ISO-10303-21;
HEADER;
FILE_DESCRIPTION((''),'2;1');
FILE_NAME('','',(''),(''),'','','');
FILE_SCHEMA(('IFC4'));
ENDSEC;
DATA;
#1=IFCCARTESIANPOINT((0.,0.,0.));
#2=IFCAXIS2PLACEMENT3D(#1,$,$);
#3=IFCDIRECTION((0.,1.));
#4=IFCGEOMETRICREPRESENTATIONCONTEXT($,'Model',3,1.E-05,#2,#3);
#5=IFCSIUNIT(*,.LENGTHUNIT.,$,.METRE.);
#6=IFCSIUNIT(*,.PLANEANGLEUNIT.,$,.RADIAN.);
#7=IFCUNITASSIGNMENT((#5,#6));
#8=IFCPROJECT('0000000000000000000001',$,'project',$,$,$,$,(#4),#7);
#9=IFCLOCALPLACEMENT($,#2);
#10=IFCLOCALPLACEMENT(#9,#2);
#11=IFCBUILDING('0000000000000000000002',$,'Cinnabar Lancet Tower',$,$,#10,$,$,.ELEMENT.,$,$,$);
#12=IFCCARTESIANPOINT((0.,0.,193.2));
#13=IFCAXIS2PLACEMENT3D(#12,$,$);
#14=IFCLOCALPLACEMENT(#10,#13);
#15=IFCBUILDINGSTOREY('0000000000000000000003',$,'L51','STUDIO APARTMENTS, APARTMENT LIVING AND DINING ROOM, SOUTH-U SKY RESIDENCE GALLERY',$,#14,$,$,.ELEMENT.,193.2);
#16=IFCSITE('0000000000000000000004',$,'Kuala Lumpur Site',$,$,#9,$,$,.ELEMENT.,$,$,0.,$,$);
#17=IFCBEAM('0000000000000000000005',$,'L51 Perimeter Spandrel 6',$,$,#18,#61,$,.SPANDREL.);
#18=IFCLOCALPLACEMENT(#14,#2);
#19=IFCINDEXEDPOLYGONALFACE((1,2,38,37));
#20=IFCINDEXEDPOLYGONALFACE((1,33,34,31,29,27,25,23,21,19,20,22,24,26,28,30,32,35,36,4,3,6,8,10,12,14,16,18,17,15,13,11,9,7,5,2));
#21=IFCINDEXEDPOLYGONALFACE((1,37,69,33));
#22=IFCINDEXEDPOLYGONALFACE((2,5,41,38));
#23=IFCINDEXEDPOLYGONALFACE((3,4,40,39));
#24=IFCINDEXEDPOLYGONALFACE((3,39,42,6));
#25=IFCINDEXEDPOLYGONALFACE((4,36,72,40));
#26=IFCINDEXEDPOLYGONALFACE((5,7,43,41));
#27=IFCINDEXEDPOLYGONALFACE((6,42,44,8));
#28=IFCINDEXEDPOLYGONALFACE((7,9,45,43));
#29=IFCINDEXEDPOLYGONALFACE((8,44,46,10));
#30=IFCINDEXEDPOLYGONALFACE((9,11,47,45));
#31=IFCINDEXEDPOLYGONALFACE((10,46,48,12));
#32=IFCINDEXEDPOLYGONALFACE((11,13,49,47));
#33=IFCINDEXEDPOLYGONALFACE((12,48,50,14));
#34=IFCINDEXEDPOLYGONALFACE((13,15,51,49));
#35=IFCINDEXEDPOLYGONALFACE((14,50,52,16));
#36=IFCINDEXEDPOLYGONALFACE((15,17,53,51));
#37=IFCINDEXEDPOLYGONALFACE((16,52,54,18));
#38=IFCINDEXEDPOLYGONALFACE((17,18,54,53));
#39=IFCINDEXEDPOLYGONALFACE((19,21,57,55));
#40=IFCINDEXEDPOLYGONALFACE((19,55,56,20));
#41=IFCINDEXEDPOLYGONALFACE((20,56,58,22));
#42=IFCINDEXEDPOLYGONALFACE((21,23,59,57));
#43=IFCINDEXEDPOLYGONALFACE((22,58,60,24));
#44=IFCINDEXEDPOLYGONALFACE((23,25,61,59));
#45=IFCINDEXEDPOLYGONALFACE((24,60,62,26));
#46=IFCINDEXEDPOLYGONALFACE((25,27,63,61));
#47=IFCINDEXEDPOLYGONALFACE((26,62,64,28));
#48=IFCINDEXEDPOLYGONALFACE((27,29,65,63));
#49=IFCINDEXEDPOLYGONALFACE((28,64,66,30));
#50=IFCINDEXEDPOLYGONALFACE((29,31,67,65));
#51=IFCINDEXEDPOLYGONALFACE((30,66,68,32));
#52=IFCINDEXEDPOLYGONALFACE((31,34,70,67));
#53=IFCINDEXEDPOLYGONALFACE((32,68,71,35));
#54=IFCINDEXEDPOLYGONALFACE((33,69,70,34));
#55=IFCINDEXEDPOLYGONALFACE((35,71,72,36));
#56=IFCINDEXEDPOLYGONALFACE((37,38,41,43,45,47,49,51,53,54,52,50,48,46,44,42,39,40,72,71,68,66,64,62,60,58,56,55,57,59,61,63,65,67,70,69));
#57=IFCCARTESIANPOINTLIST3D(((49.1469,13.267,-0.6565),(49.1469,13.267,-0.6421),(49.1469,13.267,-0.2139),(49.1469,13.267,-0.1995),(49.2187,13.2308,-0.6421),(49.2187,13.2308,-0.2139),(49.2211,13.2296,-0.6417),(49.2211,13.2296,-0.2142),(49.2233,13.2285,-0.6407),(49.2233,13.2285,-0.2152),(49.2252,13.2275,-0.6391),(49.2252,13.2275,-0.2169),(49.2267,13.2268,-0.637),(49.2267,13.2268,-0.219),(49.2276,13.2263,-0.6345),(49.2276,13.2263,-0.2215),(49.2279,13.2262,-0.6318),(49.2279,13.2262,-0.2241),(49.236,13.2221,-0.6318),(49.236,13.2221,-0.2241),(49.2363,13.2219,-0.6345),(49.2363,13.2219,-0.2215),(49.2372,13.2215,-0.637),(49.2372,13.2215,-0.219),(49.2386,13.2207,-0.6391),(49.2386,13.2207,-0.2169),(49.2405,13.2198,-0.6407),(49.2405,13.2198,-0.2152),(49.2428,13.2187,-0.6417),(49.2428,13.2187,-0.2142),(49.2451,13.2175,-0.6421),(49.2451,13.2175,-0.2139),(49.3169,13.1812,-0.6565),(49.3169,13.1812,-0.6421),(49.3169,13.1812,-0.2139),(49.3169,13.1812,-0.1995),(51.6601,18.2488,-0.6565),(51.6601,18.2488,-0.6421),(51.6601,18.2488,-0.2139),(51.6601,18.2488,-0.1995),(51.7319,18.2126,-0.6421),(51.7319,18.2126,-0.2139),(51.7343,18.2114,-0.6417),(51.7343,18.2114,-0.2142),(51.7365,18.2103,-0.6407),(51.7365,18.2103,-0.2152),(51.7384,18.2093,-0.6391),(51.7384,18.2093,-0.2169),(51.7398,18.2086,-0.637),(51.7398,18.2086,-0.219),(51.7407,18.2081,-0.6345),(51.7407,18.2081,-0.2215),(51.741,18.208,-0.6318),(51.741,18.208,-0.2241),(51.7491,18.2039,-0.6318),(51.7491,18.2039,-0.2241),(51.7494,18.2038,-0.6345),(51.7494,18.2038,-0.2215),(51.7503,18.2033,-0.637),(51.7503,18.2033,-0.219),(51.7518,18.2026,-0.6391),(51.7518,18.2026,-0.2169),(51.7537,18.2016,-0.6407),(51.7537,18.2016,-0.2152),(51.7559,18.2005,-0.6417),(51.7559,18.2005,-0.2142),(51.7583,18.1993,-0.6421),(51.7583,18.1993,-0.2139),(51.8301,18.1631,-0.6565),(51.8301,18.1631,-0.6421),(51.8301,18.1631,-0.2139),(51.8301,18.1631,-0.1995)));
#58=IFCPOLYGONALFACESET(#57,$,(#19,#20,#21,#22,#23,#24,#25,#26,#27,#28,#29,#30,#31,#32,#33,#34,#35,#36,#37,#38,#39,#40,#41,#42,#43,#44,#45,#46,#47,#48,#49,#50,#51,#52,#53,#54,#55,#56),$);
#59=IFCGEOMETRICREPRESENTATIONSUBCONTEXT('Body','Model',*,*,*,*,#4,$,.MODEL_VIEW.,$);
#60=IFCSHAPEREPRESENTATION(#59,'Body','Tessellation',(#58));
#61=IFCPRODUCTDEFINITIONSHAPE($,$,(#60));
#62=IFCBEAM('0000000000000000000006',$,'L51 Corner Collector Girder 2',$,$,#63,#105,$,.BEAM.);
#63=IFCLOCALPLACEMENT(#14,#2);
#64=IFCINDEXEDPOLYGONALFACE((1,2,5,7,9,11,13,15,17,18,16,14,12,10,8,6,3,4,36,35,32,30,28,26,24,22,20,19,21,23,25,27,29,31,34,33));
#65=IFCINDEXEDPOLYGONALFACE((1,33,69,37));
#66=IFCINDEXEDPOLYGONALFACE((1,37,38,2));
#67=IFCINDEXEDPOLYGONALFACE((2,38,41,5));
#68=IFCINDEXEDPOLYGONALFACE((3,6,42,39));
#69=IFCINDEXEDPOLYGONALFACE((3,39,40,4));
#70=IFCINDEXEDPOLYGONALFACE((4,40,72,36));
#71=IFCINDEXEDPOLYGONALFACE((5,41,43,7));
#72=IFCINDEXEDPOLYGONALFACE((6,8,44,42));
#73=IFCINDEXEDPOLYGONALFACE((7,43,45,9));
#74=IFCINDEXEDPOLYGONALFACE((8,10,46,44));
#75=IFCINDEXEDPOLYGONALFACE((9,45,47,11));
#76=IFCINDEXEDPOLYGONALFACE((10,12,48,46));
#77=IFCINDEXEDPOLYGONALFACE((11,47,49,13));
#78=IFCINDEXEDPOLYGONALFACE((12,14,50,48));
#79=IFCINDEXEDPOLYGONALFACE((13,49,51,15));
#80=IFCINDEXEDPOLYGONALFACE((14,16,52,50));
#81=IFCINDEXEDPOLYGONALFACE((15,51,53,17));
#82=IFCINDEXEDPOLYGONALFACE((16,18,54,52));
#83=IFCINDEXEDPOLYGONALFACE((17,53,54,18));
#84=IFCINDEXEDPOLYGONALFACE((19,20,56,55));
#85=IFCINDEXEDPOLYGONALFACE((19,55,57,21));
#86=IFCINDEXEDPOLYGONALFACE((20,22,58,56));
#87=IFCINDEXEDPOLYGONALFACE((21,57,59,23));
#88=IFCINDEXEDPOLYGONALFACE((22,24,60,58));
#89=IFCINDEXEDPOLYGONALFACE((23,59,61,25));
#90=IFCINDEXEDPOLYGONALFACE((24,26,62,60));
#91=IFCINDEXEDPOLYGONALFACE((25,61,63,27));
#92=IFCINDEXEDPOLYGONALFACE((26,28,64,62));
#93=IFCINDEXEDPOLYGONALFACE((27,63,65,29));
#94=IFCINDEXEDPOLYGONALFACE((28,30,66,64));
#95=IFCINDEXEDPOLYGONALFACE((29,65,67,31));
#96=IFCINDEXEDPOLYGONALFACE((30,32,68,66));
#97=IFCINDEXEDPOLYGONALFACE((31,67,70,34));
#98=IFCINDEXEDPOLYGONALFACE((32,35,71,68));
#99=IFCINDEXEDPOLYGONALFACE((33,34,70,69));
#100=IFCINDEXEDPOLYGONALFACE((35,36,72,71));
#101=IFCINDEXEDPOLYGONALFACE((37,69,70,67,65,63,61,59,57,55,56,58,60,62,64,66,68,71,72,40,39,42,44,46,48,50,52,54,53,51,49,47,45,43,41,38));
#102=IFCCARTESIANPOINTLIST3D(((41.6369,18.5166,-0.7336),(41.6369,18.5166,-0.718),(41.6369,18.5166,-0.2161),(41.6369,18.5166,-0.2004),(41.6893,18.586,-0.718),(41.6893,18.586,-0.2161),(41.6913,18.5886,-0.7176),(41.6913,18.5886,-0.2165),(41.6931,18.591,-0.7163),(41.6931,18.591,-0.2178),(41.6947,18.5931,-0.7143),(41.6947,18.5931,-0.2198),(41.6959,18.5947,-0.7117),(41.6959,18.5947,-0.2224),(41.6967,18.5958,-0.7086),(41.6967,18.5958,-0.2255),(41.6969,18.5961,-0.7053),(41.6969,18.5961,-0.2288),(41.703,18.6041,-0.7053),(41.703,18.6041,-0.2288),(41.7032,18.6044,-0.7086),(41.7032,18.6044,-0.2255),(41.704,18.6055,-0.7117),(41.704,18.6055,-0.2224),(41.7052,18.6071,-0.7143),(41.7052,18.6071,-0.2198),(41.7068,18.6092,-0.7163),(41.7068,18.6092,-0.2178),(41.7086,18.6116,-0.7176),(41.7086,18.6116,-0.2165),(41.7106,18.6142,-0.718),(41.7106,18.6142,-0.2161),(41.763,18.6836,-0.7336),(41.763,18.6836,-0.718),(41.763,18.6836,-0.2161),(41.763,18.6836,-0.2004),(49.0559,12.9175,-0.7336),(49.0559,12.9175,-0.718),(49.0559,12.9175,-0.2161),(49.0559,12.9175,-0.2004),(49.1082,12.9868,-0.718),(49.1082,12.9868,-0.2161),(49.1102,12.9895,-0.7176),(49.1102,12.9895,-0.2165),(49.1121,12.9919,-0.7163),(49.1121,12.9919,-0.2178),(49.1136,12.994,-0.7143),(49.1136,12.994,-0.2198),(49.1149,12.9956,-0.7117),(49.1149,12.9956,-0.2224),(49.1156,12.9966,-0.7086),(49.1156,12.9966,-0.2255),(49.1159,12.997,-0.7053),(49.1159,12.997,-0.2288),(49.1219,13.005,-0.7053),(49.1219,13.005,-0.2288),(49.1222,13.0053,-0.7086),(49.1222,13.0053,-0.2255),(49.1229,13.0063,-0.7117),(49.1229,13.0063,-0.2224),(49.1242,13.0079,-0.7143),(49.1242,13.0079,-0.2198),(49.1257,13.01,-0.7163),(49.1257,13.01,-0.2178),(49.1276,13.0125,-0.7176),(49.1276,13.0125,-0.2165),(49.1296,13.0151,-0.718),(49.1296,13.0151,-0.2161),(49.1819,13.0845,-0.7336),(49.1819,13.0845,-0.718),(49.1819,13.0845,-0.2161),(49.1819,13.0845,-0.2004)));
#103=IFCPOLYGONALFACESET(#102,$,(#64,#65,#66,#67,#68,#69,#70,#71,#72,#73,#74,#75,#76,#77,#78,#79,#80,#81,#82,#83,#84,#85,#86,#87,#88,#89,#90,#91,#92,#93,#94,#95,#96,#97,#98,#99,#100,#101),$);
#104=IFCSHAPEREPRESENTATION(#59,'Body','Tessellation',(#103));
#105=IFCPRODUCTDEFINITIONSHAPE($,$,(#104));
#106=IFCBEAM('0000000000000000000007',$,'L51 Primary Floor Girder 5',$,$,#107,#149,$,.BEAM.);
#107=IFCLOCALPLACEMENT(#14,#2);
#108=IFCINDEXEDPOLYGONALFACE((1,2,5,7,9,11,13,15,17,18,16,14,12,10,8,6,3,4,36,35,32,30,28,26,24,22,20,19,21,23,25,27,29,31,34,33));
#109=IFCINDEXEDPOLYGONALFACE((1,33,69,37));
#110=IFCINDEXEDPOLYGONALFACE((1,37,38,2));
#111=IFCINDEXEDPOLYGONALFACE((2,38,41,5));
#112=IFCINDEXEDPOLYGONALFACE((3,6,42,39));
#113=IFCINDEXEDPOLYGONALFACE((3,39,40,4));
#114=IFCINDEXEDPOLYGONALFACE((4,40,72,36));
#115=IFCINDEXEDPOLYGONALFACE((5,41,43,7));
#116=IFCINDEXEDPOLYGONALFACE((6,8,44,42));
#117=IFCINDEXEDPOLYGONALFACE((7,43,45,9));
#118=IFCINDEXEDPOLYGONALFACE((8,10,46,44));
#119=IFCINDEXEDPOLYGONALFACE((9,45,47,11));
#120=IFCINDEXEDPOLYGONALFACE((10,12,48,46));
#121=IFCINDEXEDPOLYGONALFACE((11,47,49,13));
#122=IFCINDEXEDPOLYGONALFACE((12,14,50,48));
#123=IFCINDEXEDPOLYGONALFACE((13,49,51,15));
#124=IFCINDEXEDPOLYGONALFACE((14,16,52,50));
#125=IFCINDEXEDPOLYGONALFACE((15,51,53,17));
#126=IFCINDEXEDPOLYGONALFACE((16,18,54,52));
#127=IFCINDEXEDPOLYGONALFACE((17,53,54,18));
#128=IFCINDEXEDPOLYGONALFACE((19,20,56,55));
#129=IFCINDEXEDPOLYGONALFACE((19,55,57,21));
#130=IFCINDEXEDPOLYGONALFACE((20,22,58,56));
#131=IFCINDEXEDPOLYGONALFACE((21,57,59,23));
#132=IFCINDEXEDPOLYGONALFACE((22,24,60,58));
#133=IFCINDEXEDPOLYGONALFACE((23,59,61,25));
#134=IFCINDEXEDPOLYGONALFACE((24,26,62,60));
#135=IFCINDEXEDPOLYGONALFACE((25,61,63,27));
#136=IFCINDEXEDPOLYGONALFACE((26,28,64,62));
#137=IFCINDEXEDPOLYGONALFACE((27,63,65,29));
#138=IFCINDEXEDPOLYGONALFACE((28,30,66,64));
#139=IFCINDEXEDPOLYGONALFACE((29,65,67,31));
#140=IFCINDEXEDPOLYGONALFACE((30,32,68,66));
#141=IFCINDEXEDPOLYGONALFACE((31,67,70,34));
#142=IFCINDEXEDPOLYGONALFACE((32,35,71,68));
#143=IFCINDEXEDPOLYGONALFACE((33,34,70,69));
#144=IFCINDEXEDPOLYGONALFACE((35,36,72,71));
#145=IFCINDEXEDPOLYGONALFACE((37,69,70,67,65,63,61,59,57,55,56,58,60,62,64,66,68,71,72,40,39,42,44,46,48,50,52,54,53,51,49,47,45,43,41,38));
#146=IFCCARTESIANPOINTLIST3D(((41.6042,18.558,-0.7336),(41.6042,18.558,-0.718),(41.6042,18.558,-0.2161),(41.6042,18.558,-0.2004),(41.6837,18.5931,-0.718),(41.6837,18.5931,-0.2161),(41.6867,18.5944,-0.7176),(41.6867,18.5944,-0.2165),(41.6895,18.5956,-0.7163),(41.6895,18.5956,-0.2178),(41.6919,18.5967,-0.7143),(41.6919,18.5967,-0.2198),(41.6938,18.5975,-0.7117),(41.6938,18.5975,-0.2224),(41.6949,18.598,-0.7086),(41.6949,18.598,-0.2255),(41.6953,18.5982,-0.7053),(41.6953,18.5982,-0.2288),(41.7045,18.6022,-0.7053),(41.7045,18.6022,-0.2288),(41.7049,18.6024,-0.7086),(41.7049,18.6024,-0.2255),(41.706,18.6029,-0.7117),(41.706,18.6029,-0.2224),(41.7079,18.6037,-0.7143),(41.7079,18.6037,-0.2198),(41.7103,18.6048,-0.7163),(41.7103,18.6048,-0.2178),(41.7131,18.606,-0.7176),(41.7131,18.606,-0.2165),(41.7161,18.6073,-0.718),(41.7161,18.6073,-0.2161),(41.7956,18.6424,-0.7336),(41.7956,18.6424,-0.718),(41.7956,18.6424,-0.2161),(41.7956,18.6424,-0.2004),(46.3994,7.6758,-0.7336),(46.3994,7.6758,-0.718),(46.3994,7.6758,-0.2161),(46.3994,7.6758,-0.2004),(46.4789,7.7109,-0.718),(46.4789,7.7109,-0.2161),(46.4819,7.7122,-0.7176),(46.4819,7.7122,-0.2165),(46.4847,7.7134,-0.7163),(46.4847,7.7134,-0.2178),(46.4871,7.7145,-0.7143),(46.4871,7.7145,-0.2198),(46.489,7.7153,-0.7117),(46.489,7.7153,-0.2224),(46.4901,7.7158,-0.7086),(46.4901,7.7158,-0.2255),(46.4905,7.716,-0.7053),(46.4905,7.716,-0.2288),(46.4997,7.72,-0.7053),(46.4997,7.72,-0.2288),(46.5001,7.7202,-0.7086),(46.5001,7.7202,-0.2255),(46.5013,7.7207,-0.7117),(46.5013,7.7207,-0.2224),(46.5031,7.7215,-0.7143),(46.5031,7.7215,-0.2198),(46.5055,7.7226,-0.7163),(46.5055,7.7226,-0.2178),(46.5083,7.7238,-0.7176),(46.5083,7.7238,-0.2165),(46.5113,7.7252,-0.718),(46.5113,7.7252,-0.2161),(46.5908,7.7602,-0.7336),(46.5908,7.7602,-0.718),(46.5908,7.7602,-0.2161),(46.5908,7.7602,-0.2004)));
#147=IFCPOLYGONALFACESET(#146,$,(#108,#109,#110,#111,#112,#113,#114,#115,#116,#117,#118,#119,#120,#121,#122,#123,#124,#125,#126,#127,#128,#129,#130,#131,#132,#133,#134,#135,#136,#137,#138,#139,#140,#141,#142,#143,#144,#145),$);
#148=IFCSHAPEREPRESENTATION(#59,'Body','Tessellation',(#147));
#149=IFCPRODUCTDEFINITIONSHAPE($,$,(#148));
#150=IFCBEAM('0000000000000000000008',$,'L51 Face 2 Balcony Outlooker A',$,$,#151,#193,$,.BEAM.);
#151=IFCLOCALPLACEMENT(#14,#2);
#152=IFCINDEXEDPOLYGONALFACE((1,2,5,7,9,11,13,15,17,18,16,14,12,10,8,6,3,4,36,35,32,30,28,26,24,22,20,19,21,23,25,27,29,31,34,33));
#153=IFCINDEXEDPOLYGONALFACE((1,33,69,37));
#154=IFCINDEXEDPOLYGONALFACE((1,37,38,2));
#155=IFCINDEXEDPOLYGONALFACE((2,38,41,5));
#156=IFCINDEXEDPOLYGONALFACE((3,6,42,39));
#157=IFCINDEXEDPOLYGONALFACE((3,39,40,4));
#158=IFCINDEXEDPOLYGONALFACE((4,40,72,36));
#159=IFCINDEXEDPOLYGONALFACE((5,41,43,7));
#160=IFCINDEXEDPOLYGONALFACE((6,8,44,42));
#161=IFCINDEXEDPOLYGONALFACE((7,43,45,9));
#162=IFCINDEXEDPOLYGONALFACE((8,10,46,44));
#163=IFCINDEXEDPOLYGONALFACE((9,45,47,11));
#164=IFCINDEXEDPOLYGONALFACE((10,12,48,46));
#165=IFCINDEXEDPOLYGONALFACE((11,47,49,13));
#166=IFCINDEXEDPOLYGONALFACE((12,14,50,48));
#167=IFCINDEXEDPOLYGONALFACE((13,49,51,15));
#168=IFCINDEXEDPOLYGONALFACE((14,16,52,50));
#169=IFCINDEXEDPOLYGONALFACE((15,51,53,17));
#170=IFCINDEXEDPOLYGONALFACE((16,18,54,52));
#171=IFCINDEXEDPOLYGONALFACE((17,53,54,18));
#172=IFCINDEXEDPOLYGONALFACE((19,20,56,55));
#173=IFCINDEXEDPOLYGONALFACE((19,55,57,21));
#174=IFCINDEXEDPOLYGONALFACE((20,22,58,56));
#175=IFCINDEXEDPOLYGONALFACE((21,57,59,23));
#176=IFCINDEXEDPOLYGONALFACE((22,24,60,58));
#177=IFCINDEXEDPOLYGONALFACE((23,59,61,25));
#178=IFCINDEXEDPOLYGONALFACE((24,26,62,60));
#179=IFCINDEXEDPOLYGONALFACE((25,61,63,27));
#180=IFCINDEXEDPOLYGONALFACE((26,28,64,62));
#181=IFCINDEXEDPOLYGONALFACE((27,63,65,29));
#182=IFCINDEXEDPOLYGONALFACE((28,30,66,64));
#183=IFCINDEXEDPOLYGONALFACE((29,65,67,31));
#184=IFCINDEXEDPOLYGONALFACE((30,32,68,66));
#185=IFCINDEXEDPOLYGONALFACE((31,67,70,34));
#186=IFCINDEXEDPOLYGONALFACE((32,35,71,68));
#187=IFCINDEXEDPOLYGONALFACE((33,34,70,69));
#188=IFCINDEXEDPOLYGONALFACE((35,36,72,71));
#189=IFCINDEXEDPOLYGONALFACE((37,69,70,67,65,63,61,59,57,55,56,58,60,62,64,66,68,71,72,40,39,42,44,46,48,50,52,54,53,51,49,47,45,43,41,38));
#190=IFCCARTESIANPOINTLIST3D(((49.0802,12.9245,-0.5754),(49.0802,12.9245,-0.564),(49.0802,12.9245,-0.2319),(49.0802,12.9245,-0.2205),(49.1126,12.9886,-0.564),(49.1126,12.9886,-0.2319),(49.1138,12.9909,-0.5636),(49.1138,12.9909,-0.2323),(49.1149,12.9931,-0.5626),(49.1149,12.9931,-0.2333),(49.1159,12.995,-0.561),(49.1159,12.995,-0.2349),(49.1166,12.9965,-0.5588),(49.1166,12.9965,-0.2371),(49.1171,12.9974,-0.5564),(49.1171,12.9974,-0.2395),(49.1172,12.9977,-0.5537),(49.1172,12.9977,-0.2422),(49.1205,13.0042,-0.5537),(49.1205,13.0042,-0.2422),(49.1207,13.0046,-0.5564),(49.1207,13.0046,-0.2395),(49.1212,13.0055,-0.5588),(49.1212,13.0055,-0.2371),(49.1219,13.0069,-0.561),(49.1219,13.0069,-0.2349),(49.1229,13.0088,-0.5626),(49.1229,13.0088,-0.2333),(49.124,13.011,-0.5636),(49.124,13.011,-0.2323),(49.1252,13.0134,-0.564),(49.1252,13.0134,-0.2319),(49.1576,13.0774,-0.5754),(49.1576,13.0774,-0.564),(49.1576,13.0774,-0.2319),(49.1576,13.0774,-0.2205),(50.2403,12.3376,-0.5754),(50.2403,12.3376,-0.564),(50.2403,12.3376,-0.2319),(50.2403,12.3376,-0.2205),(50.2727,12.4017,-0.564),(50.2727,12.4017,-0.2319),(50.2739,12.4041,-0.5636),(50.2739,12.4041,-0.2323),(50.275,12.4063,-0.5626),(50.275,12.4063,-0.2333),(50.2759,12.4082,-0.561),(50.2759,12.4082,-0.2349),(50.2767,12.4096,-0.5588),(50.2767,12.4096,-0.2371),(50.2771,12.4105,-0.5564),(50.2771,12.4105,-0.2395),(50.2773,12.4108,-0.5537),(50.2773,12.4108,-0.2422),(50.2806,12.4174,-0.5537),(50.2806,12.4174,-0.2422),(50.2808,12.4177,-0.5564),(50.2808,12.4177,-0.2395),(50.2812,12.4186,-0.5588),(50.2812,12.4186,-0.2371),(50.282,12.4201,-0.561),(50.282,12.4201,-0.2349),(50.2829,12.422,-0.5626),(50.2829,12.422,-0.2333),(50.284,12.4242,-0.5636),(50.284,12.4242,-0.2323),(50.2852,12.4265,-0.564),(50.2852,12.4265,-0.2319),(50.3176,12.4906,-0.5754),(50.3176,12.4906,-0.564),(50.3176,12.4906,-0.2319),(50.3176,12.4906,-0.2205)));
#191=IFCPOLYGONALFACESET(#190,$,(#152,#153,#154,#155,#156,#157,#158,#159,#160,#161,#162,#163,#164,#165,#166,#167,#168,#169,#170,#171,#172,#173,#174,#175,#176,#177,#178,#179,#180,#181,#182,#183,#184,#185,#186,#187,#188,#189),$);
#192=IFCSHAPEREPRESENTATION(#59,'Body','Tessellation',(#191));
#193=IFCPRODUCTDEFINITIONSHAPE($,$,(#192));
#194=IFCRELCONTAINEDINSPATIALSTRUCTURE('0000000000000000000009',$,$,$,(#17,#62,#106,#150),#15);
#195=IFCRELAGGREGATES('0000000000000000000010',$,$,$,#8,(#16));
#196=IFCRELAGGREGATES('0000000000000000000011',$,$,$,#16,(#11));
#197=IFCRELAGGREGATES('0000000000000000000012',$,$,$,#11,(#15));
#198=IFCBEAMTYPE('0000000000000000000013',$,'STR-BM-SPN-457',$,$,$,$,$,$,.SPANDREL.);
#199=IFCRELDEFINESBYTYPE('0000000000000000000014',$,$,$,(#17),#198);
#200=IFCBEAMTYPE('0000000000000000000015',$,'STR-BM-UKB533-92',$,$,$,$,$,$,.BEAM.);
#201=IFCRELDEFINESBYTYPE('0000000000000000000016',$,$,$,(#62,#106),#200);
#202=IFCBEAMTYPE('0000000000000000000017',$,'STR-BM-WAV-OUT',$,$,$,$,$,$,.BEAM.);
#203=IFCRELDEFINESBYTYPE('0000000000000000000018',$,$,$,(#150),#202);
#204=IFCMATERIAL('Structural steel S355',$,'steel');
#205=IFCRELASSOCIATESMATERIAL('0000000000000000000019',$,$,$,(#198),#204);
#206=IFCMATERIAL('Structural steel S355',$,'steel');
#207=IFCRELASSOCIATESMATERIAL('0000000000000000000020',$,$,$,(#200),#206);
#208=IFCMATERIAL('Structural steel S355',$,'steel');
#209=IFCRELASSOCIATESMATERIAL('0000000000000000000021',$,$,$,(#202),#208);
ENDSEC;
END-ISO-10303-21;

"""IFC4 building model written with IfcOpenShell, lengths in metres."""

from ifc_helpers import new_model, si_unit, direction, frame, origin, origin_2d, place, context, subcontext, project, spatial, i_section, extrude, material, material_profile, profile_set, type_object, element, save


model = new_model("IFC4")

# Units and contexts
model_context = context("Model", 3, precision=1e-05, world=origin(), true_north=direction((0.0, 1.0)))
body_context = subcontext(model_context, "Body", "Model", "MODEL_VIEW")
ifc_project = project(units=[si_unit("LENGTHUNIT", "METRE"), si_unit("PLANEANGLEUNIT", "RADIAN")], contexts=[model_context])

# Site, building, storey
site_placement = place(None, origin())
site = spatial("IfcSite", under=ifc_project, at=site_placement, Name="Kuala Lumpur Site", CompositionType="ELEMENT", RefElevation=0.0)
building_placement = place(site_placement, origin())
building = spatial("IfcBuilding", under=site, at=building_placement, Name="Cinnabar Lancet Tower", CompositionType="ELEMENT")
storey_placement = place(building_placement, frame((0.0, 0.0, 193.2)))
storey = spatial("IfcBuildingStorey", under=building, at=storey_placement, Name="L51", Description="STUDIO APARTMENTS, APARTMENT LIVING AND DINING ROOM, SOUTH-U SKY RESIDENCE GALLERY", CompositionType="ELEMENT", Elevation=193.2)

# Beams
ifc_material_1 = material(Name="Structural steel S355", Category="steel")
ifc_material_profile_1 = material_profile(ifc_material_1, i_section(OverallWidth=0.1904, OverallDepth=0.457, WebThickness=0.009, FlangeThickness=0.0144, FilletRadius=0.0103, at=origin_2d()), Name="UKB 457x191x74")
ifc_profile_set_1 = profile_set([ifc_material_profile_1], Name="Structural steel S355")
beam_type_1 = type_object("IfcBeamType", Name="STR-BM-SPN-457", PredefinedType="SPANDREL", material=ifc_profile_set_1)
beam_1_placement = place(storey_placement, frame((49.2319, 13.2241, -0.428), z_axis=(0.450396, 0.892829, 0.0), x_axis=(-0.892829, 0.450396, 0.0)))
element("IfcBeam", 1, at=beam_1_placement, inside=storey, type_object=beam_type_1, Name="L51 Perimeter Spandrel 6", PredefinedType="SPANDREL", context=body_context, shape_type="SweptSolid", body=[
    extrude(i_section(OverallWidth=0.1904, OverallDepth=0.457, WebThickness=0.009, FlangeThickness=0.0144, FilletRadius=0.0103, at=origin_2d()), origin(), (0.0, 0.0, 1.0), 5.5798),
])
ifc_material_2 = material(Name="Structural steel S355", Category="steel")
ifc_material_profile_2 = material_profile(ifc_material_2, i_section(OverallWidth=0.2092, OverallDepth=0.5332, WebThickness=0.01, FlangeThickness=0.0156, FilletRadius=0.0127, at=origin_2d()), Name="UKB 533x210x92")
ifc_profile_set_2 = profile_set([ifc_material_profile_2], Name="Structural steel S355")
beam_type_2 = type_object("IfcBeamType", Name="STR-BM-UKB533-92", PredefinedType="BEAM", material=ifc_profile_set_2)
beam_2_placement = place(storey_placement, frame((49.1189, 13.001, -0.467), z_axis=(-0.798193, 0.602401, 0.0), x_axis=(-0.602401, -0.798193, 0.0)))
element("IfcBeam", 2, at=beam_2_placement, inside=storey, type_object=beam_type_2, Name="L51 Corner Collector Girder 2", PredefinedType="BEAM", context=body_context, shape_type="SweptSolid", body=[
    extrude(i_section(OverallWidth=0.2092, OverallDepth=0.5332, WebThickness=0.01, FlangeThickness=0.0156, FilletRadius=0.0127, at=origin_2d()), origin(), (0.0, 0.0, 1.0), 9.2947),
])
beam_3_placement = place(storey_placement, frame((46.4951, 7.718, -0.467), z_axis=(-0.403235, 0.915096, 0.0), x_axis=(-0.915096, -0.403235, 0.0)))
element("IfcBeam", 3, at=beam_3_placement, inside=storey, type_object=beam_type_2, Name="L51 Primary Floor Girder 5", PredefinedType="BEAM", context=body_context, shape_type="SweptSolid", body=[
    extrude(i_section(OverallWidth=0.2092, OverallDepth=0.5332, WebThickness=0.01, FlangeThickness=0.0156, FilletRadius=0.0127, at=origin_2d()), origin(), (0.0, 0.0, 1.0), 11.8918),
])
ifc_material_3 = material(Name="Structural steel S355", Category="steel")
ifc_material_profile_3 = material_profile(ifc_material_3, i_section(OverallWidth=0.1714, OverallDepth=0.355, WebThickness=0.0073, FlangeThickness=0.0115, FilletRadius=0.0103, at=origin_2d()), Name="UKB 356x171x51")
ifc_profile_set_3 = profile_set([ifc_material_profile_3], Name="Structural steel S355")
beam_type_3 = type_object("IfcBeamType", Name="STR-BM-WAV-OUT", PredefinedType="BEAM", material=ifc_profile_set_3)
beam_4_placement = place(storey_placement, frame((49.1189, 13.001, -0.3979), z_axis=(0.892314, -0.451415, 0.0), x_axis=(0.451415, 0.892314, 0.0)))
element("IfcBeam", 4, at=beam_4_placement, inside=storey, type_object=beam_type_3, Name="L51 Face 2 Balcony Outlooker A", PredefinedType="BEAM", context=body_context, shape_type="SweptSolid", body=[
    extrude(i_section(OverallWidth=0.1714, OverallDepth=0.355, WebThickness=0.0073, FlangeThickness=0.0115, FilletRadius=0.0103, at=origin_2d()), origin(), (0.0, 0.0, 1.0), 1.3),
])

save(model, "model.ifc")
